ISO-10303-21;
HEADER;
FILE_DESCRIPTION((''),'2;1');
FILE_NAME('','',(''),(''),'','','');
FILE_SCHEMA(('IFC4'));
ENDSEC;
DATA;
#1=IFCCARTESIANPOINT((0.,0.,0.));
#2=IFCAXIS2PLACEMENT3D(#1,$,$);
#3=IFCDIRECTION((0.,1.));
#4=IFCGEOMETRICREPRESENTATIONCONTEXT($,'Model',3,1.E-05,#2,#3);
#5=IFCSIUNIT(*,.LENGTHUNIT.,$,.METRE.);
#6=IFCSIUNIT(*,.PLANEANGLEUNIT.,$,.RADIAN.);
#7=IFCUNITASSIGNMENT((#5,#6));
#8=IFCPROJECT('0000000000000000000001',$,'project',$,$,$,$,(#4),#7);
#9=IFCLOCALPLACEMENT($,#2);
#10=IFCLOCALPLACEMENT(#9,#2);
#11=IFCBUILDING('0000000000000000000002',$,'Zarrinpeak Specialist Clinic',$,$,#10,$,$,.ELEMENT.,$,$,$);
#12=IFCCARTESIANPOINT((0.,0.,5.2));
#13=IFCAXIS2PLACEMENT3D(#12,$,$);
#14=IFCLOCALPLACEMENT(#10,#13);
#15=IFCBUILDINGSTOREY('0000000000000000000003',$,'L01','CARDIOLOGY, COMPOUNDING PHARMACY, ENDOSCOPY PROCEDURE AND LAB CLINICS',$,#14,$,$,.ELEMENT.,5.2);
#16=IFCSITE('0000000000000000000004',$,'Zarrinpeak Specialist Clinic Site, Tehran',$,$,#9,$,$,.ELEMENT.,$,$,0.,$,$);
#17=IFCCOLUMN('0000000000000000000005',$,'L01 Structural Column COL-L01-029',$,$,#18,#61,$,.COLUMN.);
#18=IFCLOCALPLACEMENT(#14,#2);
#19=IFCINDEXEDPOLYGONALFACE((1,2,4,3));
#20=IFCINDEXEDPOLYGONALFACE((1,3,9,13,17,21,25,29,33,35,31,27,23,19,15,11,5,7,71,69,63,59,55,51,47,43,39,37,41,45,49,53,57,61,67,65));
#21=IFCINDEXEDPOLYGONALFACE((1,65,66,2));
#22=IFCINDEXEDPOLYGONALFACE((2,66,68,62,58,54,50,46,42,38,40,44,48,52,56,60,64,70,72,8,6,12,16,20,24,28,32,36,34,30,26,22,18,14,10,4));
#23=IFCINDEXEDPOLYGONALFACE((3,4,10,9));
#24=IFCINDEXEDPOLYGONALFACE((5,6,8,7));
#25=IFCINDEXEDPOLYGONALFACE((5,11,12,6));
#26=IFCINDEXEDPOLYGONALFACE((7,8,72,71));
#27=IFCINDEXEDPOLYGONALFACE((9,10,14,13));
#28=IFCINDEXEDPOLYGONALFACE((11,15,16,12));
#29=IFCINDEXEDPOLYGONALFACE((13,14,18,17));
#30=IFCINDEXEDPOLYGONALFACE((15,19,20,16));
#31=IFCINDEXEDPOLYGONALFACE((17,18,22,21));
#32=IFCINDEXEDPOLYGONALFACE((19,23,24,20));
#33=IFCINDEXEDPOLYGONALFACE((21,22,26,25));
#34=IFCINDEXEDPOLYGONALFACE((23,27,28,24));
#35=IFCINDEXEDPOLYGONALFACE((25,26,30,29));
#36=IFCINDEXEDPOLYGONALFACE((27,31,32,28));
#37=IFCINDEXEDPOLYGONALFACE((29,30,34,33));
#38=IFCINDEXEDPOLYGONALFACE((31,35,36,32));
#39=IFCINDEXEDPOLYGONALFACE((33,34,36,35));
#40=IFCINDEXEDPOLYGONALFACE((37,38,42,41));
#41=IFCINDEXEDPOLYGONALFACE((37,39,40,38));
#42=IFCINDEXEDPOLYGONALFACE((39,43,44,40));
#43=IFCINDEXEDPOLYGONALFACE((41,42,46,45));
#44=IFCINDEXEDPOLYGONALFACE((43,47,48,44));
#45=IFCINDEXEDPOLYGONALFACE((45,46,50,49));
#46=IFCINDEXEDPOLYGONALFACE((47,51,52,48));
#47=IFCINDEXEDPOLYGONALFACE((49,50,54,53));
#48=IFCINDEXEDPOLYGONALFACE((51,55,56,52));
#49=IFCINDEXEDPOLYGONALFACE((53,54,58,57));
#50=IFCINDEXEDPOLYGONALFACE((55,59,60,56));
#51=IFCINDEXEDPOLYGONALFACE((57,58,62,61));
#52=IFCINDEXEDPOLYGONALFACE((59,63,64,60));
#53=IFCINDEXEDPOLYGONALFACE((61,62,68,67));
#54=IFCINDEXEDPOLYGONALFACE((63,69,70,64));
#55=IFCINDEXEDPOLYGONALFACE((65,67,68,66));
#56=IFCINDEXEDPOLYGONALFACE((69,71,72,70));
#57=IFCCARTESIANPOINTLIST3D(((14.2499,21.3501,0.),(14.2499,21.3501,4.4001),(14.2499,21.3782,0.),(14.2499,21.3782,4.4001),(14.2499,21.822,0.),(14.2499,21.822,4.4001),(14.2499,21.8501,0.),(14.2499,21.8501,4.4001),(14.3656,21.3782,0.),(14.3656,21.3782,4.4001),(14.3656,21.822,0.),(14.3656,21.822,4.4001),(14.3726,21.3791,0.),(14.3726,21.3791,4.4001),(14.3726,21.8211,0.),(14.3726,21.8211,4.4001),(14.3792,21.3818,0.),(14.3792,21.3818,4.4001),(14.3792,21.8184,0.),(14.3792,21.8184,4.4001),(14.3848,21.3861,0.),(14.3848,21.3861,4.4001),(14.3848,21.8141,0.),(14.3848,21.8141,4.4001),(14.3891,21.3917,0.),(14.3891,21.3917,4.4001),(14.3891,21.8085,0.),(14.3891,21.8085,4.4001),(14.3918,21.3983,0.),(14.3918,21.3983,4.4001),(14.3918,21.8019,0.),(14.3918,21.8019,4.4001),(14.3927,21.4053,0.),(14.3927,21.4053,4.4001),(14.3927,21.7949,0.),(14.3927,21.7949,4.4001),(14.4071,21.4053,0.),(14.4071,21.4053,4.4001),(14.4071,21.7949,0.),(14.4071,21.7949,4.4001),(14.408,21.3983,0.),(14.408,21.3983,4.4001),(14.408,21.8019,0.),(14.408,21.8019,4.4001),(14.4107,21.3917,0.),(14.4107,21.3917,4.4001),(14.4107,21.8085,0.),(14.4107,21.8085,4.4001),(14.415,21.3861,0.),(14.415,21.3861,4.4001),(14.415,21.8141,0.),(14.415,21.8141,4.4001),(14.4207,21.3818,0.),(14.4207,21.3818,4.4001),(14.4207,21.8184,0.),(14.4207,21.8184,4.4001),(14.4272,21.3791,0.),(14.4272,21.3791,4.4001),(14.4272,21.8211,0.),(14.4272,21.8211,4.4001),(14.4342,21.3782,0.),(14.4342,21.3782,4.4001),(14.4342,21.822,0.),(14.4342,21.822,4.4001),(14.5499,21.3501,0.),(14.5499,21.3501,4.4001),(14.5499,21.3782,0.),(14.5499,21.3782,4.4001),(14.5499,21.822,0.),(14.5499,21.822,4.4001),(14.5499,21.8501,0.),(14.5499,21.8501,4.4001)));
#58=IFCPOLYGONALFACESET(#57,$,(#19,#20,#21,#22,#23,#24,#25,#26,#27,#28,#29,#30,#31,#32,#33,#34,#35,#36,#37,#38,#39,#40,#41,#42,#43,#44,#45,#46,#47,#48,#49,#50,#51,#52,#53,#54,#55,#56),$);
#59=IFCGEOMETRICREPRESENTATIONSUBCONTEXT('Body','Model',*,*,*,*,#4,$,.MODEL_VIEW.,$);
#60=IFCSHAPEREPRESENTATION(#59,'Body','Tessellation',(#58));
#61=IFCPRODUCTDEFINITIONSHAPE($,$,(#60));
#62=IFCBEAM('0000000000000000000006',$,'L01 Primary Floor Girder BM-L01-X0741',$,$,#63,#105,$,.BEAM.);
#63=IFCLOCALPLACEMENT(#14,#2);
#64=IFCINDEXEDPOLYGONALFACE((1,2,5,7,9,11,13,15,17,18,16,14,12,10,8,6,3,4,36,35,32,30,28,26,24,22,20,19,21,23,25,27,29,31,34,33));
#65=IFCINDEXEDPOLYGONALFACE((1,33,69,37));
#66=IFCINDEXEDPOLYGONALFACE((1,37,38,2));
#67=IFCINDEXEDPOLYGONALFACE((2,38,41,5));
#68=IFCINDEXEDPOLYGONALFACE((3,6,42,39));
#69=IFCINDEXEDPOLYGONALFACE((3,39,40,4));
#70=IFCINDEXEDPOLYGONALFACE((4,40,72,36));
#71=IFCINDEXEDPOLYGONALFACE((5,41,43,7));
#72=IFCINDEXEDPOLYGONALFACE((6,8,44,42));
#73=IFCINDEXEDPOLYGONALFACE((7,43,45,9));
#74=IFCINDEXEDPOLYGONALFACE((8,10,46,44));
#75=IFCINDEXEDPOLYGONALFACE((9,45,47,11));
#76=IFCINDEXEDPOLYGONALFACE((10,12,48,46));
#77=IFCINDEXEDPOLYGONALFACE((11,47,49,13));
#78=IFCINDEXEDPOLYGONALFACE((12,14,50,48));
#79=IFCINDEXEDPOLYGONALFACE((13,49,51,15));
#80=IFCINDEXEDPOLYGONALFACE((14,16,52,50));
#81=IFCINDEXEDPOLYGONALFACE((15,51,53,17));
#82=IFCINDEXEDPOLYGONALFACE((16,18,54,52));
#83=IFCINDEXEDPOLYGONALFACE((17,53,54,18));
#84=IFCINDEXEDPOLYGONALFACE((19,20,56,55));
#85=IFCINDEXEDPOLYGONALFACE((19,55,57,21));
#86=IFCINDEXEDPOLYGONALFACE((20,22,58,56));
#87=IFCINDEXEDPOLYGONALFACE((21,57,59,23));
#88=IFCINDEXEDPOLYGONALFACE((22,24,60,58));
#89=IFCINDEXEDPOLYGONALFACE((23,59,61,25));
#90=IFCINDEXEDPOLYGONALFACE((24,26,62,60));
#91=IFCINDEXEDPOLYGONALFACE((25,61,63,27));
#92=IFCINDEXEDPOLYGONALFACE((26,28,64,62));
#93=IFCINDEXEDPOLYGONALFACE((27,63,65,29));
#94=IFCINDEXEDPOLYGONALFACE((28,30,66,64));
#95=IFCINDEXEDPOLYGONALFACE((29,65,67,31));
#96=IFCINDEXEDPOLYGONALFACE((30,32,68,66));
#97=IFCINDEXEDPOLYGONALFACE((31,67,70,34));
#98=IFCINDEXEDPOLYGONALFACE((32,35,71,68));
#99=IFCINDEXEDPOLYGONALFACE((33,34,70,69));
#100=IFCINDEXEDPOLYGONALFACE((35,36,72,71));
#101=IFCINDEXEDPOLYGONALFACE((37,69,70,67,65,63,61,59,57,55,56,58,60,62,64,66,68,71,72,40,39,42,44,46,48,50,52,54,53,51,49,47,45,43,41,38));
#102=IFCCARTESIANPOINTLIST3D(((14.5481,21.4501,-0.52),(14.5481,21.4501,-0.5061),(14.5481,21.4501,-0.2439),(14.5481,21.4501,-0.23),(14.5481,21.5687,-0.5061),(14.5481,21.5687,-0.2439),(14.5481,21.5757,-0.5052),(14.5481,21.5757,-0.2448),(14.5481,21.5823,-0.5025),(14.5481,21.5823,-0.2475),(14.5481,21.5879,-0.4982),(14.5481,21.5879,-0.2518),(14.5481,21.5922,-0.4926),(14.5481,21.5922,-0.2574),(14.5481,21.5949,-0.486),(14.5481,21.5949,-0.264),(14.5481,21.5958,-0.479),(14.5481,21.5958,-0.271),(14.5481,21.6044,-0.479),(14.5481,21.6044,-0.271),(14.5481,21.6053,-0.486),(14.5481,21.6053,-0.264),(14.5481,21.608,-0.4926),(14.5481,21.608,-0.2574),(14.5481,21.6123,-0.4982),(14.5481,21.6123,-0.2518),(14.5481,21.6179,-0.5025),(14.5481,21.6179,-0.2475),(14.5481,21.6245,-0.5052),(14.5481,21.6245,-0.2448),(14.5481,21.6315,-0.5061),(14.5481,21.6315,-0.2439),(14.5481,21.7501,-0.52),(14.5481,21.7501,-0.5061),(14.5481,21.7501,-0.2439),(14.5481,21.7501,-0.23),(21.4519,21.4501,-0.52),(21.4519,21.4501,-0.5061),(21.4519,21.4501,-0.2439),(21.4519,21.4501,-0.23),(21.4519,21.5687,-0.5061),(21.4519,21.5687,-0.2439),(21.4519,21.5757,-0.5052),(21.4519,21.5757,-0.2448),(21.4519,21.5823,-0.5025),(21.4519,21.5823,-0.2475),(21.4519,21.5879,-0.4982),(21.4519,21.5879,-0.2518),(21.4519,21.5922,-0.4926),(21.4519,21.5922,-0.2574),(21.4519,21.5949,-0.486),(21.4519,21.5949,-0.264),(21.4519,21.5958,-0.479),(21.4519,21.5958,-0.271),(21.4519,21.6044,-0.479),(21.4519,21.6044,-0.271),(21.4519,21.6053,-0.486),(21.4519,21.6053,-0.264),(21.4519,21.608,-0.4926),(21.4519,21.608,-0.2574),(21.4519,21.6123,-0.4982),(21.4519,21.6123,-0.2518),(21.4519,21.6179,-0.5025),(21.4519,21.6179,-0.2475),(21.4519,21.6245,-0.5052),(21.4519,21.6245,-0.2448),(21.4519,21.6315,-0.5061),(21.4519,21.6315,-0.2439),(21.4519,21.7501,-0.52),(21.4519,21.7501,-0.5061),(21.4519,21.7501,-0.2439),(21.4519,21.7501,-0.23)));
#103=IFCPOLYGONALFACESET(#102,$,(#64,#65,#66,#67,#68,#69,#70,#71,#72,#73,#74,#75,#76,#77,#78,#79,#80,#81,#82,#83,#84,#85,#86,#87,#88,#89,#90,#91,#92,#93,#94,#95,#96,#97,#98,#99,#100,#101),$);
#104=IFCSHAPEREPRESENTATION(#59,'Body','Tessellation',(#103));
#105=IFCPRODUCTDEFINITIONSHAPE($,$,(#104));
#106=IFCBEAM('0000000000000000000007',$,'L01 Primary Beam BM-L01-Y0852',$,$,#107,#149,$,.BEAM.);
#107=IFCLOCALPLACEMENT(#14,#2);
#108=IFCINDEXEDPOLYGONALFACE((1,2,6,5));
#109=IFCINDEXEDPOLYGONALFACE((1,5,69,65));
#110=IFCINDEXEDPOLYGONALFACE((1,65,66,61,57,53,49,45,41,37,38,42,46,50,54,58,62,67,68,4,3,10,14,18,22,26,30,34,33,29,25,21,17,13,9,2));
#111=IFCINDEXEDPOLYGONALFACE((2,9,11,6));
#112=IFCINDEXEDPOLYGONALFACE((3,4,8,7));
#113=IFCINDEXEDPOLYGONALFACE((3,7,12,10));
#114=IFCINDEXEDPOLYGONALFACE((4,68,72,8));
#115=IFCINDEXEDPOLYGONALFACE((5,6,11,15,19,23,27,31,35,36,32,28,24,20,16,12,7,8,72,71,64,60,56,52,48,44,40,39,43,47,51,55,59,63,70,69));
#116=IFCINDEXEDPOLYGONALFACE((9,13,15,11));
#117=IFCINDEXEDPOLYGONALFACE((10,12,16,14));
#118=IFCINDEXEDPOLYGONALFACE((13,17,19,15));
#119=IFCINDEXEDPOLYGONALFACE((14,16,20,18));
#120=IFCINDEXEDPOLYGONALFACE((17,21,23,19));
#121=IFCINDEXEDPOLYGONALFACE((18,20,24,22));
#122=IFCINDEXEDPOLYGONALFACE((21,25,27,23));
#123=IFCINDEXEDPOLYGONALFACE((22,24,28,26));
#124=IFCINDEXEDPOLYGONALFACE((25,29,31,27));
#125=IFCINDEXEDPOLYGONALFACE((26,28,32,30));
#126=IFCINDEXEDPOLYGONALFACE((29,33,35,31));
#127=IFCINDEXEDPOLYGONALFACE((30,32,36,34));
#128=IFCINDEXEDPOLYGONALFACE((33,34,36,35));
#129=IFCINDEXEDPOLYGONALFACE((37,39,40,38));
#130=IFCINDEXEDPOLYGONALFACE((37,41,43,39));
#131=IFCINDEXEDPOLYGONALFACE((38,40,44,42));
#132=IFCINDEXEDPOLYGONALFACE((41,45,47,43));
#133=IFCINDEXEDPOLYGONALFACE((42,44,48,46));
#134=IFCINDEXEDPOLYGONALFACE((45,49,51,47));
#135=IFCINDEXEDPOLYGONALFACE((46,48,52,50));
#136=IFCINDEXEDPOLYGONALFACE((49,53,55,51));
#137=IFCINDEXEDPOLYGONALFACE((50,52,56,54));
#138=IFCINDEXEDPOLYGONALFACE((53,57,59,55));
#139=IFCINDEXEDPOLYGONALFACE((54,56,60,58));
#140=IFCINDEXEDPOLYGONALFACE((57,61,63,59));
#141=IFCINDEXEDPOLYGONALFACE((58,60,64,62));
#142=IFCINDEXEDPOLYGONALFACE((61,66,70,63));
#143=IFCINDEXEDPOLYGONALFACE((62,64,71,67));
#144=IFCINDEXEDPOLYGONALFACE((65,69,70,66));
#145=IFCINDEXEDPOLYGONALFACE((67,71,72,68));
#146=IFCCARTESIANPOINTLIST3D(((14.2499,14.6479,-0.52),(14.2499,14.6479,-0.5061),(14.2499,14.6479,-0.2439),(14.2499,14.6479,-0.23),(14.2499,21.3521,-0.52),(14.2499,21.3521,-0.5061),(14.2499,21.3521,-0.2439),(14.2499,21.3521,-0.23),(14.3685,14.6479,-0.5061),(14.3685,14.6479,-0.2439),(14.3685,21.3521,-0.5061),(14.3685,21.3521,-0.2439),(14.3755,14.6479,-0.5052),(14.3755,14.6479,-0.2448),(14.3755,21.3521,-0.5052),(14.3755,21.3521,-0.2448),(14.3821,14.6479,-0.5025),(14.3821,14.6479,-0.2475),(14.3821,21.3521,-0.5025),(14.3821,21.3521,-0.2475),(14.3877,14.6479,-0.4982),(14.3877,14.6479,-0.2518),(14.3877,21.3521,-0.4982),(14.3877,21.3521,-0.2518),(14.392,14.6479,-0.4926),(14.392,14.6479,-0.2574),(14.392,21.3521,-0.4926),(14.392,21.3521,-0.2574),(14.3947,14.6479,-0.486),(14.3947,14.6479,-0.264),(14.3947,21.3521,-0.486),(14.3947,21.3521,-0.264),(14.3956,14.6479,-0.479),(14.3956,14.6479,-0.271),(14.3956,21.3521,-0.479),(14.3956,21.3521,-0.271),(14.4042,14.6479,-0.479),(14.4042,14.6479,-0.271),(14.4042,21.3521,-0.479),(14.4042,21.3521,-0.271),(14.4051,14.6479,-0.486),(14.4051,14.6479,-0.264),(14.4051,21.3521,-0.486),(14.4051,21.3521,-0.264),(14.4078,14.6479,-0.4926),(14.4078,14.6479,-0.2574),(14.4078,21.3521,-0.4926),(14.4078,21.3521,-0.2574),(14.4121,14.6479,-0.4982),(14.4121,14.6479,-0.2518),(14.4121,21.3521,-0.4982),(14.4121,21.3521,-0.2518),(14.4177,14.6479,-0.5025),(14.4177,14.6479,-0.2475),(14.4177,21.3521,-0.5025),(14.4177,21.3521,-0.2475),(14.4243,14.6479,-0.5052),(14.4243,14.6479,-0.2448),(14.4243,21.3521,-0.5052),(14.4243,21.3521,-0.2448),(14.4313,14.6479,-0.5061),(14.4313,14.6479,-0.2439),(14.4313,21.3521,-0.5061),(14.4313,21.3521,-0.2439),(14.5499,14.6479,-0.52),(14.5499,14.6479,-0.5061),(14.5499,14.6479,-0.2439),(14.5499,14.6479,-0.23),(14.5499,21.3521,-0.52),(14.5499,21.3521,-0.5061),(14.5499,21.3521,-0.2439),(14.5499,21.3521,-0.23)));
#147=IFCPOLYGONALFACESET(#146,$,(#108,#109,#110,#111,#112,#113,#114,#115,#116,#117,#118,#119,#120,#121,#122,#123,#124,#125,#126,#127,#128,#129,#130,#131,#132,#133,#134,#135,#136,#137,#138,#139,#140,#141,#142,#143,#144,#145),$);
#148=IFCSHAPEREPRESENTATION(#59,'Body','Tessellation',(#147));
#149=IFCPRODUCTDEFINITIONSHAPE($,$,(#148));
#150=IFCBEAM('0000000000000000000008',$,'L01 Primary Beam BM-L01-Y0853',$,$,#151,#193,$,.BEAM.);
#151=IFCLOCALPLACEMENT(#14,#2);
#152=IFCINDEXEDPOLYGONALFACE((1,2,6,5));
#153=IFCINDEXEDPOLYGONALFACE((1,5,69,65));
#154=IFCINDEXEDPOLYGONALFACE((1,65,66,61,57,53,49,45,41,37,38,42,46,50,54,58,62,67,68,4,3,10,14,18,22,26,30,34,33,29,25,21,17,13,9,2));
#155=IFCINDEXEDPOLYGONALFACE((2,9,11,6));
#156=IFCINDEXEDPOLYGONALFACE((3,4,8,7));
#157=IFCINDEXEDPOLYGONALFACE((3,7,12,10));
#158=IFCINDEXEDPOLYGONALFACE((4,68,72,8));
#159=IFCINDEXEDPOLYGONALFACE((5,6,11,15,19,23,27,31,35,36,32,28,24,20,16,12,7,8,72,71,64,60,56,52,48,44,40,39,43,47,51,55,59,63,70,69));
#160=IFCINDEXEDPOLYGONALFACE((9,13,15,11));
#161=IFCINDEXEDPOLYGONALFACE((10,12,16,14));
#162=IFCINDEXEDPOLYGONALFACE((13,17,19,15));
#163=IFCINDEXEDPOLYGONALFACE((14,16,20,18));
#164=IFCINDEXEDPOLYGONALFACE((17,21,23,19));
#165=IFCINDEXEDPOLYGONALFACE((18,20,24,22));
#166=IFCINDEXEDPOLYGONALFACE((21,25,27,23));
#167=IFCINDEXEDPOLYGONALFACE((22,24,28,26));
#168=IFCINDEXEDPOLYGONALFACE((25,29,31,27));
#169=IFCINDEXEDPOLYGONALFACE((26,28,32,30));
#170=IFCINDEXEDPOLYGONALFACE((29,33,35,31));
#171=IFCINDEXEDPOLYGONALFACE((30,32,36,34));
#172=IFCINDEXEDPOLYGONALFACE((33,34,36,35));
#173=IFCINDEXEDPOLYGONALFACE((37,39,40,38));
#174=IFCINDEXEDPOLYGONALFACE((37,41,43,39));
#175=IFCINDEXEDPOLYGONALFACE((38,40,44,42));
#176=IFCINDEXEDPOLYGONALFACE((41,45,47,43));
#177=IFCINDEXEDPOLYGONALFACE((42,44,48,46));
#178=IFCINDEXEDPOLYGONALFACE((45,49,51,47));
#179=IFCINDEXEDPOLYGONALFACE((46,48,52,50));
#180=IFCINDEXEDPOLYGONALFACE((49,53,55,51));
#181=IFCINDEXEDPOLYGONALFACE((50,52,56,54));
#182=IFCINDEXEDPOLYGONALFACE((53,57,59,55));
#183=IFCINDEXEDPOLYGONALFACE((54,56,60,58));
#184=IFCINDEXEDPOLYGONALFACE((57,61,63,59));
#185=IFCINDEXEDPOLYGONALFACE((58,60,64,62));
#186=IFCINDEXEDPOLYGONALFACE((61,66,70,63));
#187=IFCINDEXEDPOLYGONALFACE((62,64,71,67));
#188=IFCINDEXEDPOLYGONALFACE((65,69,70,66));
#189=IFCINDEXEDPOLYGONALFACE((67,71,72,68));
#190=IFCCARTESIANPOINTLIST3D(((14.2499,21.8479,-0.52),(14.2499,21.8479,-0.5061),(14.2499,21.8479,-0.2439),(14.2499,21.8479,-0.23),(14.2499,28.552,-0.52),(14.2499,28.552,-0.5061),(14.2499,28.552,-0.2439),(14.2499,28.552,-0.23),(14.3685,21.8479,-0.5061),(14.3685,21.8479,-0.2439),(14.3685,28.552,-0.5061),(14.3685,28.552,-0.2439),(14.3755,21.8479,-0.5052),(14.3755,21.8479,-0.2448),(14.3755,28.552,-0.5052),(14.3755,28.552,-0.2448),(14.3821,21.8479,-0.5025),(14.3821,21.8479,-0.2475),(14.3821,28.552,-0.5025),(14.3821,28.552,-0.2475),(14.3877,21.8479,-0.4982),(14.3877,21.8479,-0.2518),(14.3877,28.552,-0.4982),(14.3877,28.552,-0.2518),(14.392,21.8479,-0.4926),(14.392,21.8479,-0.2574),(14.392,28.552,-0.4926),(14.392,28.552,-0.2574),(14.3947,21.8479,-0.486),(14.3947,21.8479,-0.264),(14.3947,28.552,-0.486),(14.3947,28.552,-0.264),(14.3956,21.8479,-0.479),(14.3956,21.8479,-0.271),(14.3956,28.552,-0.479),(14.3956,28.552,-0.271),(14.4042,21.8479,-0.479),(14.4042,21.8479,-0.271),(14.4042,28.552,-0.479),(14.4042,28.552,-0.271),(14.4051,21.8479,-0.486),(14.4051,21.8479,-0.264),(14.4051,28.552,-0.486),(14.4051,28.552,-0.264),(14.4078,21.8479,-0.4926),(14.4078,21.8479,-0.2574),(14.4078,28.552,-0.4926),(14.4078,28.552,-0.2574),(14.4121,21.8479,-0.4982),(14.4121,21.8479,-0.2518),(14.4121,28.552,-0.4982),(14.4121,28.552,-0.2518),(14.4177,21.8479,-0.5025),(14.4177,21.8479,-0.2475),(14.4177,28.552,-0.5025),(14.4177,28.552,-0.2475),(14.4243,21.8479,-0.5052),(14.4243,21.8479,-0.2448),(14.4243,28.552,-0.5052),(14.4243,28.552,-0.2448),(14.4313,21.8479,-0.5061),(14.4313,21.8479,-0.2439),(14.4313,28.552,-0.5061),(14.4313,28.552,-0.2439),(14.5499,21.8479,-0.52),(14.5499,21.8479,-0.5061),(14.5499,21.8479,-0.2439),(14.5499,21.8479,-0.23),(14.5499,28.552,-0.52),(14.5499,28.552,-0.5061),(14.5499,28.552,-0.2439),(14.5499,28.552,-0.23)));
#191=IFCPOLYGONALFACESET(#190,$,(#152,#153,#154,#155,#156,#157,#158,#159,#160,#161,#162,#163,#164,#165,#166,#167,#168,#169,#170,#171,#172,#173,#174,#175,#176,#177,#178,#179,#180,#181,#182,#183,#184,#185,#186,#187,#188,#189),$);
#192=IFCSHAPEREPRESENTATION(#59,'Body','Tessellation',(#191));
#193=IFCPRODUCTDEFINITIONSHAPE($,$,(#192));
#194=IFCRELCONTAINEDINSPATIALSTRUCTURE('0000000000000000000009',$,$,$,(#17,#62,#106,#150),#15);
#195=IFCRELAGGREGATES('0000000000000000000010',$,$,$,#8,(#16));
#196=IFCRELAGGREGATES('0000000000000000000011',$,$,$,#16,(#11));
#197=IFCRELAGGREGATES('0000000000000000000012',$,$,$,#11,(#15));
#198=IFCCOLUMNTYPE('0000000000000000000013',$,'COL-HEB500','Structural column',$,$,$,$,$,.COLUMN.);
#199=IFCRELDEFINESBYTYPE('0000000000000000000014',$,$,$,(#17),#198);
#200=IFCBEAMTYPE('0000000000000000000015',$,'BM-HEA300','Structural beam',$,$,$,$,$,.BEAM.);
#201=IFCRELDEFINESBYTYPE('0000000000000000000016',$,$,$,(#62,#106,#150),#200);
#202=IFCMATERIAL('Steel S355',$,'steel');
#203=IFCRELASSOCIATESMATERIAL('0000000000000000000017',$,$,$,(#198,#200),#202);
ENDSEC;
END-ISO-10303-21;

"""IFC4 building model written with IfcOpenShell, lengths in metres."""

from ifc_helpers import new_model, si_unit, direction, frame, origin, origin_2d, place, context, subcontext, project, spatial, i_section, extrude, material, material_profile, profile_set, type_object, element, save


model = new_model("IFC4")

# Units and contexts
model_context = context("Model", 3, precision=1e-05, world=origin(), true_north=direction((0.0, 1.0)))
body_context = subcontext(model_context, "Body", "Model", "MODEL_VIEW")
ifc_project = project(units=[si_unit("LENGTHUNIT", "METRE"), si_unit("PLANEANGLEUNIT", "RADIAN")], contexts=[model_context])

# Site, building, storey
site_placement = place(None, origin())
site = spatial("IfcSite", under=ifc_project, at=site_placement, Name="Zarrinpeak Specialist Clinic Site, Tehran", CompositionType="ELEMENT", RefElevation=0.0)
building_placement = place(site_placement, origin())
building = spatial("IfcBuilding", under=site, at=building_placement, Name="Zarrinpeak Specialist Clinic", CompositionType="ELEMENT")
storey_placement = place(building_placement, frame((0.0, 0.0, 5.2)))
storey = spatial("IfcBuildingStorey", under=building, at=storey_placement, Name="L01", Description="CARDIOLOGY, COMPOUNDING PHARMACY, ENDOSCOPY PROCEDURE AND LAB CLINICS", CompositionType="ELEMENT", Elevation=5.2)

# Column
ifc_material_1 = material(Name="Steel S355", Category="steel")
ifc_material_profile_1 = material_profile(ifc_material_1, i_section(OverallWidth=0.3, OverallDepth=0.5, WebThickness=0.0144, FlangeThickness=0.0281, FilletRadius=0.0271, at=origin_2d()), Name="HEB 500")
ifc_profile_set_1 = profile_set([ifc_material_profile_1], Name="Steel S355")
column_type = type_object("IfcColumnType", Name="COL-HEB500", Description="Structural column", PredefinedType="COLUMN", material=ifc_profile_set_1)
column_placement = place(storey_placement, frame((14.3999, 21.6001, 0.0), z_axis=(0.0, 0.0, 1.0), x_axis=(1.0, 0.0, 0.0)))
element("IfcColumn", 1, at=column_placement, inside=storey, type_object=column_type, Name="L01 Structural Column COL-L01-029", PredefinedType="COLUMN", context=body_context, shape_type="SweptSolid", body=[
    extrude(i_section(OverallWidth=0.3, OverallDepth=0.5, WebThickness=0.0144, FlangeThickness=0.0281, FilletRadius=0.0271, at=origin_2d()), origin(), (0.0, 0.0, 1.0), 4.4001),
])

# Beams
ifc_material_profile_2 = material_profile(ifc_material_1, i_section(OverallWidth=0.3, OverallDepth=0.29, WebThickness=0.0085, FlangeThickness=0.0139, FilletRadius=0.0271, at=origin_2d()), Name="HEA 300")
ifc_profile_set_2 = profile_set([ifc_material_profile_2], Name="Steel S355")
beam_type_1 = type_object("IfcBeamType", Name="BM-HEA300", Description="Structural beam", PredefinedType="BEAM", material=ifc_profile_set_2)
beam_placement = place(storey_placement, frame((14.5481, 21.6001, -0.375), z_axis=(1.0, 0.0, 0.0), x_axis=(0.0, 1.0, 0.0)))
element("IfcBeam", 2, at=beam_placement, inside=storey, type_object=beam_type_1, Name="L01 Primary Floor Girder BM-L01-X0741", PredefinedType="BEAM", context=body_context, shape_type="SweptSolid", body=[
    extrude(i_section(OverallWidth=0.3, OverallDepth=0.29, WebThickness=0.0085, FlangeThickness=0.0139, FilletRadius=0.0271, at=origin_2d()), origin(), (0.0, 0.0, 1.0), 6.9038),
])
for number, where, z_axis, x_axis, name in (
    (3, (14.3999, 14.6479, -0.375), (0.0, 1.0, 0.0), (-1.0, 0.0, 0.0), "L01 Primary Beam BM-L01-Y0852"),
    (4, (14.3999, 21.8479, -0.375), (0.0, 1.0, 0.0), (-1.0, 0.0, 0.0), "L01 Primary Beam BM-L01-Y0853"),
):
    element("IfcBeam", number, at=place(storey_placement, frame(where, z_axis=z_axis, x_axis=x_axis)), inside=storey, type_object=beam_type_1, Name=name, PredefinedType="BEAM", context=body_context, shape_type="SweptSolid", body=[
        extrude(i_section(OverallWidth=0.3, OverallDepth=0.29, WebThickness=0.0085, FlangeThickness=0.0139, FilletRadius=0.0271, at=origin_2d()), origin(), (0.0, 0.0, 1.0), 6.7041),
    ])

save(model, "model.ifc")
